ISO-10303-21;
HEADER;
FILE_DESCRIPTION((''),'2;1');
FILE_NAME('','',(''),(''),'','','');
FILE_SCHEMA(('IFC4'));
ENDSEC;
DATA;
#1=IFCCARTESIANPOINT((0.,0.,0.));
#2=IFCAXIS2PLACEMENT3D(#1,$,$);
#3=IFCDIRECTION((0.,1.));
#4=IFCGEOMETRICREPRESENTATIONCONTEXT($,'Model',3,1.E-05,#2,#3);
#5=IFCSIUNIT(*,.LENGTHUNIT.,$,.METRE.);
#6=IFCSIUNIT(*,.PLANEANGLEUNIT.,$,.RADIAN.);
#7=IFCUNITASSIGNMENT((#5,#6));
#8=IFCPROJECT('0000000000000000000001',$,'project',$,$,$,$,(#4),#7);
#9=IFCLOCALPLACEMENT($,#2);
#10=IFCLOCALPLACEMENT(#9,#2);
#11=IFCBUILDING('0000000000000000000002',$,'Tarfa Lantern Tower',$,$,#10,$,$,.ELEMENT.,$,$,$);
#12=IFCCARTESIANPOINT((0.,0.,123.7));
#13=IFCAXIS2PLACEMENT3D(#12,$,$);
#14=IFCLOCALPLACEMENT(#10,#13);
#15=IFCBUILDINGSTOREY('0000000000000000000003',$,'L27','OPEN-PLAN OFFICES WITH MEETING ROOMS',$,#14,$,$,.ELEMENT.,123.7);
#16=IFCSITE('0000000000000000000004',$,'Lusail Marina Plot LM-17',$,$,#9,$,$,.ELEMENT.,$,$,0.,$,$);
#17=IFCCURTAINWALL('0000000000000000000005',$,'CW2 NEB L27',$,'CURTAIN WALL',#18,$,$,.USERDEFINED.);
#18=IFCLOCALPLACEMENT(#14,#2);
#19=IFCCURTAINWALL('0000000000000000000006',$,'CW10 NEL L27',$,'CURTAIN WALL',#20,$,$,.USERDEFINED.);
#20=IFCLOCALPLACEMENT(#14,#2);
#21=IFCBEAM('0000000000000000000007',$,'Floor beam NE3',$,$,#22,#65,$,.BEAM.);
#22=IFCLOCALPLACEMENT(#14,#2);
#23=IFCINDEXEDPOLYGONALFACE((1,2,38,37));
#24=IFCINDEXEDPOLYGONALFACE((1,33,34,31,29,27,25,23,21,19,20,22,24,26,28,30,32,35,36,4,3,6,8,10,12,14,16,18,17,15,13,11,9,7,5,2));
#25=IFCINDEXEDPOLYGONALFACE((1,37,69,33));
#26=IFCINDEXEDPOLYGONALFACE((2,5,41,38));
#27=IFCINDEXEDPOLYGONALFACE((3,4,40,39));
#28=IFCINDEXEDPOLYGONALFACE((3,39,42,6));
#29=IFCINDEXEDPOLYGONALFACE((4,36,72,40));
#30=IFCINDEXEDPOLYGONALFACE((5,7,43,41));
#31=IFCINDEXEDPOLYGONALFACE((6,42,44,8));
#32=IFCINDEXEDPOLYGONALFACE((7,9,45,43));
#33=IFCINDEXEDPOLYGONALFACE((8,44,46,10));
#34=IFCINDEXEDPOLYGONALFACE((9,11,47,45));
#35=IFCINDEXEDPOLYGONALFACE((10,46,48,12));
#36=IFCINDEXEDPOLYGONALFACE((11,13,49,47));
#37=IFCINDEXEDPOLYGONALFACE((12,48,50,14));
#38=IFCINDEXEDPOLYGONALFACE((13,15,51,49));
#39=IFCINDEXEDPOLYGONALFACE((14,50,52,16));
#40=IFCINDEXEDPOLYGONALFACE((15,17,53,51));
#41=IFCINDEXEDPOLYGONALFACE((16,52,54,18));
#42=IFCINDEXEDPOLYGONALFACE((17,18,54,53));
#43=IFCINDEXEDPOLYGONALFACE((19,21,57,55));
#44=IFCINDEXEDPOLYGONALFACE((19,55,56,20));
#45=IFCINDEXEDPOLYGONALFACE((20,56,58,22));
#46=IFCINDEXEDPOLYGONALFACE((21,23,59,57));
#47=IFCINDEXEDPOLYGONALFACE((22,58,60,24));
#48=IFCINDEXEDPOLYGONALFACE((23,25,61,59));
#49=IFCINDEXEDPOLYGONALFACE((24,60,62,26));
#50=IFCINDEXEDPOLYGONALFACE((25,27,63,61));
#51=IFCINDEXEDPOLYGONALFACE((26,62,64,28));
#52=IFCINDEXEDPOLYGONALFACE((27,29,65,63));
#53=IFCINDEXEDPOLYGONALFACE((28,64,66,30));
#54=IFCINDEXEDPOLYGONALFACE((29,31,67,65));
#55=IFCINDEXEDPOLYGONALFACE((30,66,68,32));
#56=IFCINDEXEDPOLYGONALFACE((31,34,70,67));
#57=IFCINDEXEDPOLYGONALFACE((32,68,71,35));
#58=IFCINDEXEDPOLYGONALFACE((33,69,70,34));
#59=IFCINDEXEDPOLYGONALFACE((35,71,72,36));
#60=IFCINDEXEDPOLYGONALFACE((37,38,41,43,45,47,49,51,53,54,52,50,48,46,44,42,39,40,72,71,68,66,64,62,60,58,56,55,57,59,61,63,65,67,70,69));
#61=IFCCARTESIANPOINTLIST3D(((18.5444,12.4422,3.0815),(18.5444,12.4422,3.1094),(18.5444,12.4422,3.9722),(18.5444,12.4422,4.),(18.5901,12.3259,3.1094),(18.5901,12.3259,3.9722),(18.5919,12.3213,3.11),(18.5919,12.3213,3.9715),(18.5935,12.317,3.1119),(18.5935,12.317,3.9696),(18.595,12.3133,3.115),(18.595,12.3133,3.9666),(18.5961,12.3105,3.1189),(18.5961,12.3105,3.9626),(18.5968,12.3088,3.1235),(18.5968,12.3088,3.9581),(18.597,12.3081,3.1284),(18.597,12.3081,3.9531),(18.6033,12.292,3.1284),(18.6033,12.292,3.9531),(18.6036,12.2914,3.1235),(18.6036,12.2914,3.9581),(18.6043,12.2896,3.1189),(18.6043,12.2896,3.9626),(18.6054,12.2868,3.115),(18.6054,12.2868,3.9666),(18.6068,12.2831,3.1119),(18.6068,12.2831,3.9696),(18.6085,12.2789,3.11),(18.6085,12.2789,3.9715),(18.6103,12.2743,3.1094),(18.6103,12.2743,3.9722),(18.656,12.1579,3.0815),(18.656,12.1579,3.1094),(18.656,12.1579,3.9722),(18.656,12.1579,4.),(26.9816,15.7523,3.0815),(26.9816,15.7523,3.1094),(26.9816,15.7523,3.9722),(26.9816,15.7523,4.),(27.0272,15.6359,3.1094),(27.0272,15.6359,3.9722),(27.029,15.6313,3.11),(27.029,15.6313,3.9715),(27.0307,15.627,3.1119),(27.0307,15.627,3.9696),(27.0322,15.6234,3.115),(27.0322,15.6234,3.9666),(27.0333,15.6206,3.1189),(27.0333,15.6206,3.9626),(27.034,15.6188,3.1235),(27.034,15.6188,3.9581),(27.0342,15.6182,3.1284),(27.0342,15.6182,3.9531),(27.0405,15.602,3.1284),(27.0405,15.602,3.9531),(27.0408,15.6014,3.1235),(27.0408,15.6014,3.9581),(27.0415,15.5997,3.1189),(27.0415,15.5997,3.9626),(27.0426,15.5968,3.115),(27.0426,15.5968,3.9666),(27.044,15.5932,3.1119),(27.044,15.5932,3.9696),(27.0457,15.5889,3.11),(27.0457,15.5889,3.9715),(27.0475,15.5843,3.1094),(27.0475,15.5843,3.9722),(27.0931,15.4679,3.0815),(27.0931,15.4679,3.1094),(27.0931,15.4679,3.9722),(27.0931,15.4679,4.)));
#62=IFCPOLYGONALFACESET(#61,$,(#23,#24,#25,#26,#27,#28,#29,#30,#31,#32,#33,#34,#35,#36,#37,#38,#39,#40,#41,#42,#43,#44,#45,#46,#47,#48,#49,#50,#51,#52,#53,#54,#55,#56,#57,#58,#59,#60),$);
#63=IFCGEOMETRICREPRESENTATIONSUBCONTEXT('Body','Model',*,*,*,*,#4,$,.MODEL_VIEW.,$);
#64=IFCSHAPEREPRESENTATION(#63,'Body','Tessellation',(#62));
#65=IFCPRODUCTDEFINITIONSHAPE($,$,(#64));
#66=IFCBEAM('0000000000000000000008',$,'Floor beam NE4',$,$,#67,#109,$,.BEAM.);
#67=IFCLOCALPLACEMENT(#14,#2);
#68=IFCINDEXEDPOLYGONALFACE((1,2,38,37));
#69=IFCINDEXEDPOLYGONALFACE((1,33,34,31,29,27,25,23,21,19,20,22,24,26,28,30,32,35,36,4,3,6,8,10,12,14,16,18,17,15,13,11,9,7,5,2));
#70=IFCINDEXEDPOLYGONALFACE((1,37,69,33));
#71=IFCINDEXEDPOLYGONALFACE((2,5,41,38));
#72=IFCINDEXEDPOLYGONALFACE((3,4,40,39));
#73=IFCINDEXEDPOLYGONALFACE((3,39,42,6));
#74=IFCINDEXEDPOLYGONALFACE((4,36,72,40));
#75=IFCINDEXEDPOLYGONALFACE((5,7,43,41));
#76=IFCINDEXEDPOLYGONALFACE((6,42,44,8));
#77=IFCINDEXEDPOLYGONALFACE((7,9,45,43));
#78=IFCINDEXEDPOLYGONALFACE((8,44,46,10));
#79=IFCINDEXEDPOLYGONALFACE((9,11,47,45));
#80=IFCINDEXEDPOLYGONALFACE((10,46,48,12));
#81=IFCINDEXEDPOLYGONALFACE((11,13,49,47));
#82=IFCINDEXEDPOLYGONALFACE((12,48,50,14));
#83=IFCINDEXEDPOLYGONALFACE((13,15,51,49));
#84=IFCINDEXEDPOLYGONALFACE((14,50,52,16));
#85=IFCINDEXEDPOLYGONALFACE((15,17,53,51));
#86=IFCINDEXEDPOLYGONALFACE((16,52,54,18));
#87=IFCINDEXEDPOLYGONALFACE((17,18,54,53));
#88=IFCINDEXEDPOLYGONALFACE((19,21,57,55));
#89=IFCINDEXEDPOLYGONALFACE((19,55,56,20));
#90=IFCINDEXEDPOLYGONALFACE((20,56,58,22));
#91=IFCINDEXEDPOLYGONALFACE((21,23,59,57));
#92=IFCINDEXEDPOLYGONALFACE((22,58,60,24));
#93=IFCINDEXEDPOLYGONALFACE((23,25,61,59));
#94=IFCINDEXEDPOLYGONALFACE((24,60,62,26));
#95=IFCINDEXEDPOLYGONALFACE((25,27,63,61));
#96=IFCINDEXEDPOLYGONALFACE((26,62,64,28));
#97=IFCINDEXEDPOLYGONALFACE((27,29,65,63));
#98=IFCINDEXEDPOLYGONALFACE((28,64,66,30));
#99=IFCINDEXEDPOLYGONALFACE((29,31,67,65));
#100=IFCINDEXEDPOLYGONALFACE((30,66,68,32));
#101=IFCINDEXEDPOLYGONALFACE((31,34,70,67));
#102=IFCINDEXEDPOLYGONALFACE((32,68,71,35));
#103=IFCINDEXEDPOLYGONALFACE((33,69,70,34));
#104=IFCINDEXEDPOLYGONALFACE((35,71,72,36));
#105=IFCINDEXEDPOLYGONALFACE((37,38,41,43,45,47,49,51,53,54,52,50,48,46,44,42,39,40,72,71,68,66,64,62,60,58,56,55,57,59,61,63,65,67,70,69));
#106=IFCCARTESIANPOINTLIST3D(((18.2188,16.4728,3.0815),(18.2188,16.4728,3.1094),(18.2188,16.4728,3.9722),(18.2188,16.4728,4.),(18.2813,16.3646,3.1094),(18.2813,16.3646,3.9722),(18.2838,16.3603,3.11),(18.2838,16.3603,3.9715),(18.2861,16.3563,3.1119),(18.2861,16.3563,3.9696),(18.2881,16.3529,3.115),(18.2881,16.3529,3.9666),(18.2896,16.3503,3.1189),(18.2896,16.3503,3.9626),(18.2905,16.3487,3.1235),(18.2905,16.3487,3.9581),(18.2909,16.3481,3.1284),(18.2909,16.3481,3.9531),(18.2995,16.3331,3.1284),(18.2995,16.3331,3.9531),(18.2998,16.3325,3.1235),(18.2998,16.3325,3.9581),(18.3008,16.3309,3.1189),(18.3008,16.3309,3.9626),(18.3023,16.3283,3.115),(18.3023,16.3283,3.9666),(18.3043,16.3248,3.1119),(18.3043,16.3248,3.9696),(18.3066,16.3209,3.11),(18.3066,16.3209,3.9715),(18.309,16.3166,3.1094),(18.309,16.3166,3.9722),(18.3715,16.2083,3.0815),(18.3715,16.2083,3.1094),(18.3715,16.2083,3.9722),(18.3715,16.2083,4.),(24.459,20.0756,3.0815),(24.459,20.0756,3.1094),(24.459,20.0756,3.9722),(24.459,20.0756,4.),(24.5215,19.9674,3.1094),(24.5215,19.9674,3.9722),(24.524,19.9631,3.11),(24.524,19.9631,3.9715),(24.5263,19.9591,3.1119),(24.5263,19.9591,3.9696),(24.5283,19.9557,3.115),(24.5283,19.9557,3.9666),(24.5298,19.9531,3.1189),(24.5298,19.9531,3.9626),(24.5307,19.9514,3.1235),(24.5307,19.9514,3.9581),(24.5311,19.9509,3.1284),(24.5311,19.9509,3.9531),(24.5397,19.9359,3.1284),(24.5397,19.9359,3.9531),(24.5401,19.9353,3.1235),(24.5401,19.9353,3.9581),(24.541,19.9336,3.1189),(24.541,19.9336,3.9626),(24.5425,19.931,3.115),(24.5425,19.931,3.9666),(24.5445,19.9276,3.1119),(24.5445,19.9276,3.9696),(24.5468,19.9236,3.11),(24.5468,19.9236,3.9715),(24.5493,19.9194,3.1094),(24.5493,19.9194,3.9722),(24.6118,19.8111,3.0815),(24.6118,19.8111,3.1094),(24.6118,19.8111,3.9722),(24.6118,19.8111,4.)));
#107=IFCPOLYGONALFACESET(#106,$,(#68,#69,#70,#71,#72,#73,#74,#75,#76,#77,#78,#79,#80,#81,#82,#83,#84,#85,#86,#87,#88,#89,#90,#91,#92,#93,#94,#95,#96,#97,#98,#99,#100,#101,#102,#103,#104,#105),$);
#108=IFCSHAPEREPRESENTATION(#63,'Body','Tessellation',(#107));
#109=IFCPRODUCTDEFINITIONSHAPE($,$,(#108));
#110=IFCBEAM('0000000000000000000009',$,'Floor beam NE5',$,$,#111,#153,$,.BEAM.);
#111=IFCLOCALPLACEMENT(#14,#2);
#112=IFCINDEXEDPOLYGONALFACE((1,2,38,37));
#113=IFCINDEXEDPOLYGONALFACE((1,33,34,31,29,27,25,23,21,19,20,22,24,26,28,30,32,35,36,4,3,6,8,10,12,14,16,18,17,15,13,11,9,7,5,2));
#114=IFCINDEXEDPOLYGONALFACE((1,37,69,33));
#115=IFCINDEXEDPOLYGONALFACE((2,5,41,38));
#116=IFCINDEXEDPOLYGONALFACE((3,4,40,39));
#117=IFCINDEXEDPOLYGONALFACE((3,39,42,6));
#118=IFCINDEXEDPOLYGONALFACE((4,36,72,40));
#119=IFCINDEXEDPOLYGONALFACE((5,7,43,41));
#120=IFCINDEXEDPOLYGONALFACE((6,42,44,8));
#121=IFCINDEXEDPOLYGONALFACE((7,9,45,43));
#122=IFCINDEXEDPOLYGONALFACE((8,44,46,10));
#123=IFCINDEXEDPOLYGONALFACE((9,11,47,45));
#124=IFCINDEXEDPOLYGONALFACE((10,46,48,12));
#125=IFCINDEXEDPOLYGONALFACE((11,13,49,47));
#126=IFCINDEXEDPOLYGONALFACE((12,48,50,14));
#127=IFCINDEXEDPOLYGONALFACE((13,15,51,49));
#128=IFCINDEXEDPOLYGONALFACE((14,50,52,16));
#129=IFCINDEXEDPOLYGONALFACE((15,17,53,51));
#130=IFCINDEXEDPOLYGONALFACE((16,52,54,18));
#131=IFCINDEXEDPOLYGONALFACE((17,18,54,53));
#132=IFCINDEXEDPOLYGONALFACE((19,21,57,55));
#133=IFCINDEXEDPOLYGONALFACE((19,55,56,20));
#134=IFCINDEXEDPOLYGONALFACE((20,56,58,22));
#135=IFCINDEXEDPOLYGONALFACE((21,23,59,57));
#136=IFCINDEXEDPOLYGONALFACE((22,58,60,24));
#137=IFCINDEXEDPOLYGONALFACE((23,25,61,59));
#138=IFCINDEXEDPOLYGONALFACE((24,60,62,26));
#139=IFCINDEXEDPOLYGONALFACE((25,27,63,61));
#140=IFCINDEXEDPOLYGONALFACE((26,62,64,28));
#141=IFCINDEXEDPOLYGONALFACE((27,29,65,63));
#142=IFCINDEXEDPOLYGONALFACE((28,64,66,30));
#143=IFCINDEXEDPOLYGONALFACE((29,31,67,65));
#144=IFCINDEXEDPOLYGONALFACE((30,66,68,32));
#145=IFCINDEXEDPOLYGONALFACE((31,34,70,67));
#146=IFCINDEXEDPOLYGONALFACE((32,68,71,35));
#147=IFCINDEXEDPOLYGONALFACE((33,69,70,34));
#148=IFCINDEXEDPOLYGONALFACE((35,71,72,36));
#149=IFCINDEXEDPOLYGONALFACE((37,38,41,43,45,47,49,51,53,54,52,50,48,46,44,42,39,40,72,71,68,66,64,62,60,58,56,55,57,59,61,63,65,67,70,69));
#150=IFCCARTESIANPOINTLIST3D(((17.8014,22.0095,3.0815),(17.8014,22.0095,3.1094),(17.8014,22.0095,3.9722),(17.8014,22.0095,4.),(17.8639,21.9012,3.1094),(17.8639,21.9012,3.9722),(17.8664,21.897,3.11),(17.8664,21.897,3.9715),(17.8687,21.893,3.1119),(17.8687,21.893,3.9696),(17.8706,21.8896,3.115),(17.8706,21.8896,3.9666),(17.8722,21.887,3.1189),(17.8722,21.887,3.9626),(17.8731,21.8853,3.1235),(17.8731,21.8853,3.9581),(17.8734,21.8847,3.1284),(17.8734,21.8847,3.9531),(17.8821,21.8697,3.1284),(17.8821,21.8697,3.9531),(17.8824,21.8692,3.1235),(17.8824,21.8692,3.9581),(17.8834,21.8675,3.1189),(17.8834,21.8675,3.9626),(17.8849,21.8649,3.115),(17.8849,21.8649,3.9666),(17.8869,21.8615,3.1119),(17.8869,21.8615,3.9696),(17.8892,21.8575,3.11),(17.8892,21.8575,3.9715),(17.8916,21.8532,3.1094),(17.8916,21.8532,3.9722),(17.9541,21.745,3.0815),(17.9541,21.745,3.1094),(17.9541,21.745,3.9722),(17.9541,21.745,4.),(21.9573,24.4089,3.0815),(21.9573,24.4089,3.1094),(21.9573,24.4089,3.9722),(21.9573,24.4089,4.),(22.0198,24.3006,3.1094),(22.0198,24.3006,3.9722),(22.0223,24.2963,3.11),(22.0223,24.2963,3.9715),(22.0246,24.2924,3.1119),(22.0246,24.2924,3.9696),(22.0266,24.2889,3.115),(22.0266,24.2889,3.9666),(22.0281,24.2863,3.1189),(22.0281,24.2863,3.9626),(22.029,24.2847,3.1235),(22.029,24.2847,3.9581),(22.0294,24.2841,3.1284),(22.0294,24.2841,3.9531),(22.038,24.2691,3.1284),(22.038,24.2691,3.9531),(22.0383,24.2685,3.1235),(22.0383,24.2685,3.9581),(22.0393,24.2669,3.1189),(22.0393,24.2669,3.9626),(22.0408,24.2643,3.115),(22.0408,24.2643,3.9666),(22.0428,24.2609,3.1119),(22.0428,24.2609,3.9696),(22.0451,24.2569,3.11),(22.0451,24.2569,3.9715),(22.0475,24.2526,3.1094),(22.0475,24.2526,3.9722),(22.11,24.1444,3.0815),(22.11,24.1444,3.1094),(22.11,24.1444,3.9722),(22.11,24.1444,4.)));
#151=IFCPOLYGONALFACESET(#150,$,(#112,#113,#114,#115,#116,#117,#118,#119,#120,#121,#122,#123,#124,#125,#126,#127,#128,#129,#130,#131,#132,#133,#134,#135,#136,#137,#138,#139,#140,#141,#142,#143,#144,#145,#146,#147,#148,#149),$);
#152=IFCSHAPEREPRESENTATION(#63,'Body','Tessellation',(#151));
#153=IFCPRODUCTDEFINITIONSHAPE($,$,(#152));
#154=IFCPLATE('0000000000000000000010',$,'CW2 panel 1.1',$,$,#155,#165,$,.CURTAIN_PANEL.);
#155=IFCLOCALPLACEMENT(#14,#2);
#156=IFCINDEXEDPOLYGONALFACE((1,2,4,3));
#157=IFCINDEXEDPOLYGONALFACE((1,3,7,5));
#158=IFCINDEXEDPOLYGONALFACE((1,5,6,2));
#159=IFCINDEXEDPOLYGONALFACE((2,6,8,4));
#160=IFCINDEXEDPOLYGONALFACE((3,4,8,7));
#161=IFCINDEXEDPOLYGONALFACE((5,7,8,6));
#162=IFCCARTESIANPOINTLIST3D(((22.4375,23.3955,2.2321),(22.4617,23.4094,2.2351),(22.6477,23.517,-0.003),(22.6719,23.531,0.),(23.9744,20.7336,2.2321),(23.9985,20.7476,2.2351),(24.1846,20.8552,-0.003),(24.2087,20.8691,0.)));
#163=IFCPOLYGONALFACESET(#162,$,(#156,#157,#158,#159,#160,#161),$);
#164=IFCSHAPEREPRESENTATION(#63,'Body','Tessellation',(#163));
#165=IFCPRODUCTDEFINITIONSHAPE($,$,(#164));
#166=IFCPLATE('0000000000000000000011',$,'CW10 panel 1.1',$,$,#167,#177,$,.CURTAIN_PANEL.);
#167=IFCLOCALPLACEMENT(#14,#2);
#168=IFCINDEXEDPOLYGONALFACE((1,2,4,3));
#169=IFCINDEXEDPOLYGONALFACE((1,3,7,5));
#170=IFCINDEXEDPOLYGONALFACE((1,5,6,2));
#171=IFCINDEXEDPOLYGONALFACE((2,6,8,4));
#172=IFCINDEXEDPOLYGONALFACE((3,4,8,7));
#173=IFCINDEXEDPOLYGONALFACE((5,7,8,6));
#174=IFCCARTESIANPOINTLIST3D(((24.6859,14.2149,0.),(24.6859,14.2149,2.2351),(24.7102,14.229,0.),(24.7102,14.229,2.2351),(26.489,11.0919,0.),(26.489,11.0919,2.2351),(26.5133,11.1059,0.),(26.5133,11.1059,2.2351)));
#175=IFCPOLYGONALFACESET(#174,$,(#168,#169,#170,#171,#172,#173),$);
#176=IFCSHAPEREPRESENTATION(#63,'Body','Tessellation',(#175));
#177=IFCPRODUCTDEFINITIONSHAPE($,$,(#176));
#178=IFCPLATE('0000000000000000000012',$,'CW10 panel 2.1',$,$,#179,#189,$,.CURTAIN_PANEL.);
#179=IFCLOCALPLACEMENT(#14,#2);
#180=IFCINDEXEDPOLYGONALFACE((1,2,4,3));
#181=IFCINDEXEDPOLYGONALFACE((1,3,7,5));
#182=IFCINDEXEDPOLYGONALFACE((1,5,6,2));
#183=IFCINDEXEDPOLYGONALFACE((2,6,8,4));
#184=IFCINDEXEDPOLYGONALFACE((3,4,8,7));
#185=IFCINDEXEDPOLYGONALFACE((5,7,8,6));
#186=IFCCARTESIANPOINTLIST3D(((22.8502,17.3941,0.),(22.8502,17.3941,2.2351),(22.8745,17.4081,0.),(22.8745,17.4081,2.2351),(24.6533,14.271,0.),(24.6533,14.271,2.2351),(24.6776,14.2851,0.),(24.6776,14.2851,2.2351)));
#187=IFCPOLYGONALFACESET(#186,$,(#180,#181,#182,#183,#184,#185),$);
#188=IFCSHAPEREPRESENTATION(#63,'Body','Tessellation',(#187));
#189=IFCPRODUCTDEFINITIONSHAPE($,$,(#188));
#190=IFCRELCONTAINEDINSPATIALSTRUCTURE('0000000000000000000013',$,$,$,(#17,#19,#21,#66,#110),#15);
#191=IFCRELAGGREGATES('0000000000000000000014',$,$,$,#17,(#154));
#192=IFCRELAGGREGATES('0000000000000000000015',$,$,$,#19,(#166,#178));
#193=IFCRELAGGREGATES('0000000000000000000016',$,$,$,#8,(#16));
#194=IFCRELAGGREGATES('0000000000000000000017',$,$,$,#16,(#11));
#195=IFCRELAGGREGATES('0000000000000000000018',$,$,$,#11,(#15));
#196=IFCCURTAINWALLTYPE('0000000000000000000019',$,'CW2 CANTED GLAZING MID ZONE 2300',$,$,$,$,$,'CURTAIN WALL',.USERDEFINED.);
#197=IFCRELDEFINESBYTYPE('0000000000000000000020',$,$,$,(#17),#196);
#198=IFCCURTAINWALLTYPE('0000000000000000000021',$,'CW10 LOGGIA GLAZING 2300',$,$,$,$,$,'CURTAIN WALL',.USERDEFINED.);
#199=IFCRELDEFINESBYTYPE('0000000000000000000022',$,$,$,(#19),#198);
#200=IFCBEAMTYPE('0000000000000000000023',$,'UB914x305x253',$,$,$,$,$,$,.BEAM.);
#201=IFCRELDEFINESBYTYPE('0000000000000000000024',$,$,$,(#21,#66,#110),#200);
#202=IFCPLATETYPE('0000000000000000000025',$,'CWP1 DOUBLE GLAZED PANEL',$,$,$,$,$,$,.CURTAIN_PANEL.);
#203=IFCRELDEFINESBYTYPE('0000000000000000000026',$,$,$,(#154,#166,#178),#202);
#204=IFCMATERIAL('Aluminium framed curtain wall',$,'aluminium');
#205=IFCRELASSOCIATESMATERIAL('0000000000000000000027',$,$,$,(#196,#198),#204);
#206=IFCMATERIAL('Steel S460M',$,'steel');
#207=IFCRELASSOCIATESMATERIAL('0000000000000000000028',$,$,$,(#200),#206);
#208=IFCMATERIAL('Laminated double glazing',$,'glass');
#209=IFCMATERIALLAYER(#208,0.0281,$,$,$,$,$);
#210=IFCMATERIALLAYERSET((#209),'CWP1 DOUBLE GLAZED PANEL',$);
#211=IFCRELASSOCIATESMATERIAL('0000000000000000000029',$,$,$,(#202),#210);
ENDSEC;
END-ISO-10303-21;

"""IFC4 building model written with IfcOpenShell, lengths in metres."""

from ifc_helpers import new_model, si_unit, direction, frame, origin, origin_2d, place, context, subcontext, project, spatial, polyline, rectangle, i_section, outline, extrude, material, layer, layer_set, material_profile, profile_set, type_object, element, aggregate, save


model = new_model("IFC4")

# Units and contexts
model_context = context("Model", 3, precision=1e-05, world=origin(), true_north=direction((0.0, 1.0)))
body_context = subcontext(model_context, "Body", "Model", "MODEL_VIEW")
ifc_project = project(units=[si_unit("LENGTHUNIT", "METRE"), si_unit("PLANEANGLEUNIT", "RADIAN")], contexts=[model_context])

# Site, building, storey
site_placement = place(None, origin())
site = spatial("IfcSite", under=ifc_project, at=site_placement, Name="Lusail Marina Plot LM-17", CompositionType="ELEMENT", RefElevation=0.0)
building_placement = place(site_placement, origin())
building = spatial("IfcBuilding", under=site, at=building_placement, Name="Tarfa Lantern Tower", CompositionType="ELEMENT")
storey_placement = place(building_placement, frame((0.0, 0.0, 123.7)))
storey = spatial("IfcBuildingStorey", under=building, at=storey_placement, Name="L27", Description="OPEN-PLAN OFFICES WITH MEETING ROOMS", CompositionType="ELEMENT", Elevation=123.7)

# Curtain walls
ifc_material_1 = material(Name="Aluminium framed curtain wall", Category="aluminium")
curtain_wall_type_1 = type_object("IfcCurtainWallType", Name="CW2 CANTED GLAZING MID ZONE 2300", ElementType="CURTAIN WALL", PredefinedType="USERDEFINED", material=ifc_material_1)
curtain_wall_1_placement = place(storey_placement, origin())
curtain_wall_1 = element("IfcCurtainWall", 1, at=curtain_wall_1_placement, inside=storey, type_object=curtain_wall_type_1, Name="CW2 NEB L27", ObjectType="CURTAIN WALL", PredefinedType="USERDEFINED")
curtain_wall_type_2 = type_object("IfcCurtainWallType", Name="CW10 LOGGIA GLAZING 2300", ElementType="CURTAIN WALL", PredefinedType="USERDEFINED", material=ifc_material_1)
curtain_wall_2_placement = place(storey_placement, origin())
curtain_wall_2 = element("IfcCurtainWall", 2, at=curtain_wall_2_placement, inside=storey, type_object=curtain_wall_type_2, Name="CW10 NEL L27", ObjectType="CURTAIN WALL", PredefinedType="USERDEFINED")

# Beams
ifc_material_2 = material(Name="Steel S460M", Category="steel")
ifc_material_profile_1 = material_profile(ifc_material_2, i_section(OverallWidth=0.3054, OverallDepth=0.9185, WebThickness=0.0173, FlangeThickness=0.0278, FilletRadius=0.019, at=origin_2d()), Name="UB914x305x253")
ifc_profile_set_1 = profile_set([ifc_material_profile_1], Name="Steel S460M")
beam_type_1 = type_object("IfcBeamType", Name="UB914x305x253", PredefinedType="BEAM", material=ifc_profile_set_1)
beam_1_placement = place(storey_placement, frame((27.0374, 15.6101, 3.5408), z_axis=(-0.930923, -0.365215, 0.0), x_axis=(0.365215, -0.930923, 0.0)))
element("IfcBeam", 3, at=beam_1_placement, inside=storey, type_object=beam_type_1, Name="Floor beam NE3", PredefinedType="BEAM", context=body_context, shape_type="SweptSolid", body=[
    extrude(i_section(OverallWidth=0.3054, OverallDepth=0.9185, WebThickness=0.0173, FlangeThickness=0.0278, FilletRadius=0.019, at=origin_2d()), origin(), (0.0, 0.0, 1.0), 9.0632),
])
beam_2_placement = place(storey_placement, frame((24.5354, 19.9434, 3.5408), z_axis=(-0.866026, -0.499998, 0.0), x_axis=(0.499998, -0.866026, 0.0)))
element("IfcBeam", 4, at=beam_2_placement, inside=storey, type_object=beam_type_1, Name="Floor beam NE4", PredefinedType="BEAM", context=body_context, shape_type="SweptSolid", body=[
    extrude(i_section(OverallWidth=0.3054, OverallDepth=0.9185, WebThickness=0.0173, FlangeThickness=0.0278, FilletRadius=0.019, at=origin_2d()), origin(), (0.0, 0.0, 1.0), 7.2056),
])
beam_3_placement = place(storey_placement, frame((22.0337, 24.2766, 3.5408), z_axis=(-0.866031, -0.499991, 0.0), x_axis=(0.499991, -0.866031, 0.0)))
element("IfcBeam", 5, at=beam_3_placement, inside=storey, type_object=beam_type_1, Name="Floor beam NE5", PredefinedType="BEAM", context=body_context, shape_type="SweptSolid", body=[
    extrude(i_section(OverallWidth=0.3054, OverallDepth=0.9185, WebThickness=0.0173, FlangeThickness=0.0278, FilletRadius=0.019, at=origin_2d()), origin(), (0.0, 0.0, 1.0), 4.7988),
])

# Plates
ifc_material_3 = material(Name="Laminated double glazing", Category="glass")
ifc_layer_1 = layer(ifc_material_3, 0.0281)
ifc_layer_set_1 = layer_set([ifc_layer_1], Name="CWP1 DOUBLE GLAZED PANEL")
plate_type_1 = type_object("IfcPlateType", Name="CWP1 DOUBLE GLAZED PANEL", PredefinedType="CURTAIN_PANEL", material=ifc_layer_set_1)
plate_1_placement = place(storey_placement, frame((24.2087, 20.8691, 0.0), z_axis=(0.860954, 0.497084, 0.10801), x_axis=(-0.500009, 0.86602, 0.0)))
plate_1 = element("IfcPlate", 6, at=plate_1_placement, type_object=plate_type_1, Name="CW2 panel 1.1", PredefinedType="CURTAIN_PANEL", context=body_context, shape_type="SweptSolid", body=[
    extrude(outline(polyline([(0.0, 0.0), (3.0737, 0.0), (3.0735, 2.2483), (-0.0002, 2.2483), (0.0, 0.0)])), origin(), (0.0, 0.0, -1.0), 0.0281),
])
aggregate(curtain_wall_1, [plate_1])
plate_2_placement = place(storey_placement, frame((25.5996, 12.6604, 0.0), z_axis=(0.0, 0.0, 1.0), x_axis=(-0.5, 0.866025, 0.0)))
plate_2 = element("IfcPlate", 7, at=plate_2_placement, type_object=plate_type_1, Name="CW10 panel 1.1", PredefinedType="CURTAIN_PANEL", context=body_context, shape_type="SweptSolid", body=[
    extrude(rectangle(XDim=3.6062, YDim=0.0281, at=origin_2d()), origin(), (0.0, 0.0, 1.0), 2.2351),
])
plate_3_placement = place(storey_placement, frame((23.7639, 15.8396, 0.0), z_axis=(0.0, 0.0, 1.0), x_axis=(-0.5, 0.866025, 0.0)))
plate_3 = element("IfcPlate", 8, at=plate_3_placement, type_object=plate_type_1, Name="CW10 panel 2.1", PredefinedType="CURTAIN_PANEL", context=body_context, shape_type="SweptSolid", body=[
    extrude(rectangle(XDim=3.6062, YDim=0.0281, at=origin_2d()), origin(), (0.0, 0.0, 1.0), 2.2351),
])
aggregate(curtain_wall_2, [plate_2, plate_3])

save(model, "model.ifc")
